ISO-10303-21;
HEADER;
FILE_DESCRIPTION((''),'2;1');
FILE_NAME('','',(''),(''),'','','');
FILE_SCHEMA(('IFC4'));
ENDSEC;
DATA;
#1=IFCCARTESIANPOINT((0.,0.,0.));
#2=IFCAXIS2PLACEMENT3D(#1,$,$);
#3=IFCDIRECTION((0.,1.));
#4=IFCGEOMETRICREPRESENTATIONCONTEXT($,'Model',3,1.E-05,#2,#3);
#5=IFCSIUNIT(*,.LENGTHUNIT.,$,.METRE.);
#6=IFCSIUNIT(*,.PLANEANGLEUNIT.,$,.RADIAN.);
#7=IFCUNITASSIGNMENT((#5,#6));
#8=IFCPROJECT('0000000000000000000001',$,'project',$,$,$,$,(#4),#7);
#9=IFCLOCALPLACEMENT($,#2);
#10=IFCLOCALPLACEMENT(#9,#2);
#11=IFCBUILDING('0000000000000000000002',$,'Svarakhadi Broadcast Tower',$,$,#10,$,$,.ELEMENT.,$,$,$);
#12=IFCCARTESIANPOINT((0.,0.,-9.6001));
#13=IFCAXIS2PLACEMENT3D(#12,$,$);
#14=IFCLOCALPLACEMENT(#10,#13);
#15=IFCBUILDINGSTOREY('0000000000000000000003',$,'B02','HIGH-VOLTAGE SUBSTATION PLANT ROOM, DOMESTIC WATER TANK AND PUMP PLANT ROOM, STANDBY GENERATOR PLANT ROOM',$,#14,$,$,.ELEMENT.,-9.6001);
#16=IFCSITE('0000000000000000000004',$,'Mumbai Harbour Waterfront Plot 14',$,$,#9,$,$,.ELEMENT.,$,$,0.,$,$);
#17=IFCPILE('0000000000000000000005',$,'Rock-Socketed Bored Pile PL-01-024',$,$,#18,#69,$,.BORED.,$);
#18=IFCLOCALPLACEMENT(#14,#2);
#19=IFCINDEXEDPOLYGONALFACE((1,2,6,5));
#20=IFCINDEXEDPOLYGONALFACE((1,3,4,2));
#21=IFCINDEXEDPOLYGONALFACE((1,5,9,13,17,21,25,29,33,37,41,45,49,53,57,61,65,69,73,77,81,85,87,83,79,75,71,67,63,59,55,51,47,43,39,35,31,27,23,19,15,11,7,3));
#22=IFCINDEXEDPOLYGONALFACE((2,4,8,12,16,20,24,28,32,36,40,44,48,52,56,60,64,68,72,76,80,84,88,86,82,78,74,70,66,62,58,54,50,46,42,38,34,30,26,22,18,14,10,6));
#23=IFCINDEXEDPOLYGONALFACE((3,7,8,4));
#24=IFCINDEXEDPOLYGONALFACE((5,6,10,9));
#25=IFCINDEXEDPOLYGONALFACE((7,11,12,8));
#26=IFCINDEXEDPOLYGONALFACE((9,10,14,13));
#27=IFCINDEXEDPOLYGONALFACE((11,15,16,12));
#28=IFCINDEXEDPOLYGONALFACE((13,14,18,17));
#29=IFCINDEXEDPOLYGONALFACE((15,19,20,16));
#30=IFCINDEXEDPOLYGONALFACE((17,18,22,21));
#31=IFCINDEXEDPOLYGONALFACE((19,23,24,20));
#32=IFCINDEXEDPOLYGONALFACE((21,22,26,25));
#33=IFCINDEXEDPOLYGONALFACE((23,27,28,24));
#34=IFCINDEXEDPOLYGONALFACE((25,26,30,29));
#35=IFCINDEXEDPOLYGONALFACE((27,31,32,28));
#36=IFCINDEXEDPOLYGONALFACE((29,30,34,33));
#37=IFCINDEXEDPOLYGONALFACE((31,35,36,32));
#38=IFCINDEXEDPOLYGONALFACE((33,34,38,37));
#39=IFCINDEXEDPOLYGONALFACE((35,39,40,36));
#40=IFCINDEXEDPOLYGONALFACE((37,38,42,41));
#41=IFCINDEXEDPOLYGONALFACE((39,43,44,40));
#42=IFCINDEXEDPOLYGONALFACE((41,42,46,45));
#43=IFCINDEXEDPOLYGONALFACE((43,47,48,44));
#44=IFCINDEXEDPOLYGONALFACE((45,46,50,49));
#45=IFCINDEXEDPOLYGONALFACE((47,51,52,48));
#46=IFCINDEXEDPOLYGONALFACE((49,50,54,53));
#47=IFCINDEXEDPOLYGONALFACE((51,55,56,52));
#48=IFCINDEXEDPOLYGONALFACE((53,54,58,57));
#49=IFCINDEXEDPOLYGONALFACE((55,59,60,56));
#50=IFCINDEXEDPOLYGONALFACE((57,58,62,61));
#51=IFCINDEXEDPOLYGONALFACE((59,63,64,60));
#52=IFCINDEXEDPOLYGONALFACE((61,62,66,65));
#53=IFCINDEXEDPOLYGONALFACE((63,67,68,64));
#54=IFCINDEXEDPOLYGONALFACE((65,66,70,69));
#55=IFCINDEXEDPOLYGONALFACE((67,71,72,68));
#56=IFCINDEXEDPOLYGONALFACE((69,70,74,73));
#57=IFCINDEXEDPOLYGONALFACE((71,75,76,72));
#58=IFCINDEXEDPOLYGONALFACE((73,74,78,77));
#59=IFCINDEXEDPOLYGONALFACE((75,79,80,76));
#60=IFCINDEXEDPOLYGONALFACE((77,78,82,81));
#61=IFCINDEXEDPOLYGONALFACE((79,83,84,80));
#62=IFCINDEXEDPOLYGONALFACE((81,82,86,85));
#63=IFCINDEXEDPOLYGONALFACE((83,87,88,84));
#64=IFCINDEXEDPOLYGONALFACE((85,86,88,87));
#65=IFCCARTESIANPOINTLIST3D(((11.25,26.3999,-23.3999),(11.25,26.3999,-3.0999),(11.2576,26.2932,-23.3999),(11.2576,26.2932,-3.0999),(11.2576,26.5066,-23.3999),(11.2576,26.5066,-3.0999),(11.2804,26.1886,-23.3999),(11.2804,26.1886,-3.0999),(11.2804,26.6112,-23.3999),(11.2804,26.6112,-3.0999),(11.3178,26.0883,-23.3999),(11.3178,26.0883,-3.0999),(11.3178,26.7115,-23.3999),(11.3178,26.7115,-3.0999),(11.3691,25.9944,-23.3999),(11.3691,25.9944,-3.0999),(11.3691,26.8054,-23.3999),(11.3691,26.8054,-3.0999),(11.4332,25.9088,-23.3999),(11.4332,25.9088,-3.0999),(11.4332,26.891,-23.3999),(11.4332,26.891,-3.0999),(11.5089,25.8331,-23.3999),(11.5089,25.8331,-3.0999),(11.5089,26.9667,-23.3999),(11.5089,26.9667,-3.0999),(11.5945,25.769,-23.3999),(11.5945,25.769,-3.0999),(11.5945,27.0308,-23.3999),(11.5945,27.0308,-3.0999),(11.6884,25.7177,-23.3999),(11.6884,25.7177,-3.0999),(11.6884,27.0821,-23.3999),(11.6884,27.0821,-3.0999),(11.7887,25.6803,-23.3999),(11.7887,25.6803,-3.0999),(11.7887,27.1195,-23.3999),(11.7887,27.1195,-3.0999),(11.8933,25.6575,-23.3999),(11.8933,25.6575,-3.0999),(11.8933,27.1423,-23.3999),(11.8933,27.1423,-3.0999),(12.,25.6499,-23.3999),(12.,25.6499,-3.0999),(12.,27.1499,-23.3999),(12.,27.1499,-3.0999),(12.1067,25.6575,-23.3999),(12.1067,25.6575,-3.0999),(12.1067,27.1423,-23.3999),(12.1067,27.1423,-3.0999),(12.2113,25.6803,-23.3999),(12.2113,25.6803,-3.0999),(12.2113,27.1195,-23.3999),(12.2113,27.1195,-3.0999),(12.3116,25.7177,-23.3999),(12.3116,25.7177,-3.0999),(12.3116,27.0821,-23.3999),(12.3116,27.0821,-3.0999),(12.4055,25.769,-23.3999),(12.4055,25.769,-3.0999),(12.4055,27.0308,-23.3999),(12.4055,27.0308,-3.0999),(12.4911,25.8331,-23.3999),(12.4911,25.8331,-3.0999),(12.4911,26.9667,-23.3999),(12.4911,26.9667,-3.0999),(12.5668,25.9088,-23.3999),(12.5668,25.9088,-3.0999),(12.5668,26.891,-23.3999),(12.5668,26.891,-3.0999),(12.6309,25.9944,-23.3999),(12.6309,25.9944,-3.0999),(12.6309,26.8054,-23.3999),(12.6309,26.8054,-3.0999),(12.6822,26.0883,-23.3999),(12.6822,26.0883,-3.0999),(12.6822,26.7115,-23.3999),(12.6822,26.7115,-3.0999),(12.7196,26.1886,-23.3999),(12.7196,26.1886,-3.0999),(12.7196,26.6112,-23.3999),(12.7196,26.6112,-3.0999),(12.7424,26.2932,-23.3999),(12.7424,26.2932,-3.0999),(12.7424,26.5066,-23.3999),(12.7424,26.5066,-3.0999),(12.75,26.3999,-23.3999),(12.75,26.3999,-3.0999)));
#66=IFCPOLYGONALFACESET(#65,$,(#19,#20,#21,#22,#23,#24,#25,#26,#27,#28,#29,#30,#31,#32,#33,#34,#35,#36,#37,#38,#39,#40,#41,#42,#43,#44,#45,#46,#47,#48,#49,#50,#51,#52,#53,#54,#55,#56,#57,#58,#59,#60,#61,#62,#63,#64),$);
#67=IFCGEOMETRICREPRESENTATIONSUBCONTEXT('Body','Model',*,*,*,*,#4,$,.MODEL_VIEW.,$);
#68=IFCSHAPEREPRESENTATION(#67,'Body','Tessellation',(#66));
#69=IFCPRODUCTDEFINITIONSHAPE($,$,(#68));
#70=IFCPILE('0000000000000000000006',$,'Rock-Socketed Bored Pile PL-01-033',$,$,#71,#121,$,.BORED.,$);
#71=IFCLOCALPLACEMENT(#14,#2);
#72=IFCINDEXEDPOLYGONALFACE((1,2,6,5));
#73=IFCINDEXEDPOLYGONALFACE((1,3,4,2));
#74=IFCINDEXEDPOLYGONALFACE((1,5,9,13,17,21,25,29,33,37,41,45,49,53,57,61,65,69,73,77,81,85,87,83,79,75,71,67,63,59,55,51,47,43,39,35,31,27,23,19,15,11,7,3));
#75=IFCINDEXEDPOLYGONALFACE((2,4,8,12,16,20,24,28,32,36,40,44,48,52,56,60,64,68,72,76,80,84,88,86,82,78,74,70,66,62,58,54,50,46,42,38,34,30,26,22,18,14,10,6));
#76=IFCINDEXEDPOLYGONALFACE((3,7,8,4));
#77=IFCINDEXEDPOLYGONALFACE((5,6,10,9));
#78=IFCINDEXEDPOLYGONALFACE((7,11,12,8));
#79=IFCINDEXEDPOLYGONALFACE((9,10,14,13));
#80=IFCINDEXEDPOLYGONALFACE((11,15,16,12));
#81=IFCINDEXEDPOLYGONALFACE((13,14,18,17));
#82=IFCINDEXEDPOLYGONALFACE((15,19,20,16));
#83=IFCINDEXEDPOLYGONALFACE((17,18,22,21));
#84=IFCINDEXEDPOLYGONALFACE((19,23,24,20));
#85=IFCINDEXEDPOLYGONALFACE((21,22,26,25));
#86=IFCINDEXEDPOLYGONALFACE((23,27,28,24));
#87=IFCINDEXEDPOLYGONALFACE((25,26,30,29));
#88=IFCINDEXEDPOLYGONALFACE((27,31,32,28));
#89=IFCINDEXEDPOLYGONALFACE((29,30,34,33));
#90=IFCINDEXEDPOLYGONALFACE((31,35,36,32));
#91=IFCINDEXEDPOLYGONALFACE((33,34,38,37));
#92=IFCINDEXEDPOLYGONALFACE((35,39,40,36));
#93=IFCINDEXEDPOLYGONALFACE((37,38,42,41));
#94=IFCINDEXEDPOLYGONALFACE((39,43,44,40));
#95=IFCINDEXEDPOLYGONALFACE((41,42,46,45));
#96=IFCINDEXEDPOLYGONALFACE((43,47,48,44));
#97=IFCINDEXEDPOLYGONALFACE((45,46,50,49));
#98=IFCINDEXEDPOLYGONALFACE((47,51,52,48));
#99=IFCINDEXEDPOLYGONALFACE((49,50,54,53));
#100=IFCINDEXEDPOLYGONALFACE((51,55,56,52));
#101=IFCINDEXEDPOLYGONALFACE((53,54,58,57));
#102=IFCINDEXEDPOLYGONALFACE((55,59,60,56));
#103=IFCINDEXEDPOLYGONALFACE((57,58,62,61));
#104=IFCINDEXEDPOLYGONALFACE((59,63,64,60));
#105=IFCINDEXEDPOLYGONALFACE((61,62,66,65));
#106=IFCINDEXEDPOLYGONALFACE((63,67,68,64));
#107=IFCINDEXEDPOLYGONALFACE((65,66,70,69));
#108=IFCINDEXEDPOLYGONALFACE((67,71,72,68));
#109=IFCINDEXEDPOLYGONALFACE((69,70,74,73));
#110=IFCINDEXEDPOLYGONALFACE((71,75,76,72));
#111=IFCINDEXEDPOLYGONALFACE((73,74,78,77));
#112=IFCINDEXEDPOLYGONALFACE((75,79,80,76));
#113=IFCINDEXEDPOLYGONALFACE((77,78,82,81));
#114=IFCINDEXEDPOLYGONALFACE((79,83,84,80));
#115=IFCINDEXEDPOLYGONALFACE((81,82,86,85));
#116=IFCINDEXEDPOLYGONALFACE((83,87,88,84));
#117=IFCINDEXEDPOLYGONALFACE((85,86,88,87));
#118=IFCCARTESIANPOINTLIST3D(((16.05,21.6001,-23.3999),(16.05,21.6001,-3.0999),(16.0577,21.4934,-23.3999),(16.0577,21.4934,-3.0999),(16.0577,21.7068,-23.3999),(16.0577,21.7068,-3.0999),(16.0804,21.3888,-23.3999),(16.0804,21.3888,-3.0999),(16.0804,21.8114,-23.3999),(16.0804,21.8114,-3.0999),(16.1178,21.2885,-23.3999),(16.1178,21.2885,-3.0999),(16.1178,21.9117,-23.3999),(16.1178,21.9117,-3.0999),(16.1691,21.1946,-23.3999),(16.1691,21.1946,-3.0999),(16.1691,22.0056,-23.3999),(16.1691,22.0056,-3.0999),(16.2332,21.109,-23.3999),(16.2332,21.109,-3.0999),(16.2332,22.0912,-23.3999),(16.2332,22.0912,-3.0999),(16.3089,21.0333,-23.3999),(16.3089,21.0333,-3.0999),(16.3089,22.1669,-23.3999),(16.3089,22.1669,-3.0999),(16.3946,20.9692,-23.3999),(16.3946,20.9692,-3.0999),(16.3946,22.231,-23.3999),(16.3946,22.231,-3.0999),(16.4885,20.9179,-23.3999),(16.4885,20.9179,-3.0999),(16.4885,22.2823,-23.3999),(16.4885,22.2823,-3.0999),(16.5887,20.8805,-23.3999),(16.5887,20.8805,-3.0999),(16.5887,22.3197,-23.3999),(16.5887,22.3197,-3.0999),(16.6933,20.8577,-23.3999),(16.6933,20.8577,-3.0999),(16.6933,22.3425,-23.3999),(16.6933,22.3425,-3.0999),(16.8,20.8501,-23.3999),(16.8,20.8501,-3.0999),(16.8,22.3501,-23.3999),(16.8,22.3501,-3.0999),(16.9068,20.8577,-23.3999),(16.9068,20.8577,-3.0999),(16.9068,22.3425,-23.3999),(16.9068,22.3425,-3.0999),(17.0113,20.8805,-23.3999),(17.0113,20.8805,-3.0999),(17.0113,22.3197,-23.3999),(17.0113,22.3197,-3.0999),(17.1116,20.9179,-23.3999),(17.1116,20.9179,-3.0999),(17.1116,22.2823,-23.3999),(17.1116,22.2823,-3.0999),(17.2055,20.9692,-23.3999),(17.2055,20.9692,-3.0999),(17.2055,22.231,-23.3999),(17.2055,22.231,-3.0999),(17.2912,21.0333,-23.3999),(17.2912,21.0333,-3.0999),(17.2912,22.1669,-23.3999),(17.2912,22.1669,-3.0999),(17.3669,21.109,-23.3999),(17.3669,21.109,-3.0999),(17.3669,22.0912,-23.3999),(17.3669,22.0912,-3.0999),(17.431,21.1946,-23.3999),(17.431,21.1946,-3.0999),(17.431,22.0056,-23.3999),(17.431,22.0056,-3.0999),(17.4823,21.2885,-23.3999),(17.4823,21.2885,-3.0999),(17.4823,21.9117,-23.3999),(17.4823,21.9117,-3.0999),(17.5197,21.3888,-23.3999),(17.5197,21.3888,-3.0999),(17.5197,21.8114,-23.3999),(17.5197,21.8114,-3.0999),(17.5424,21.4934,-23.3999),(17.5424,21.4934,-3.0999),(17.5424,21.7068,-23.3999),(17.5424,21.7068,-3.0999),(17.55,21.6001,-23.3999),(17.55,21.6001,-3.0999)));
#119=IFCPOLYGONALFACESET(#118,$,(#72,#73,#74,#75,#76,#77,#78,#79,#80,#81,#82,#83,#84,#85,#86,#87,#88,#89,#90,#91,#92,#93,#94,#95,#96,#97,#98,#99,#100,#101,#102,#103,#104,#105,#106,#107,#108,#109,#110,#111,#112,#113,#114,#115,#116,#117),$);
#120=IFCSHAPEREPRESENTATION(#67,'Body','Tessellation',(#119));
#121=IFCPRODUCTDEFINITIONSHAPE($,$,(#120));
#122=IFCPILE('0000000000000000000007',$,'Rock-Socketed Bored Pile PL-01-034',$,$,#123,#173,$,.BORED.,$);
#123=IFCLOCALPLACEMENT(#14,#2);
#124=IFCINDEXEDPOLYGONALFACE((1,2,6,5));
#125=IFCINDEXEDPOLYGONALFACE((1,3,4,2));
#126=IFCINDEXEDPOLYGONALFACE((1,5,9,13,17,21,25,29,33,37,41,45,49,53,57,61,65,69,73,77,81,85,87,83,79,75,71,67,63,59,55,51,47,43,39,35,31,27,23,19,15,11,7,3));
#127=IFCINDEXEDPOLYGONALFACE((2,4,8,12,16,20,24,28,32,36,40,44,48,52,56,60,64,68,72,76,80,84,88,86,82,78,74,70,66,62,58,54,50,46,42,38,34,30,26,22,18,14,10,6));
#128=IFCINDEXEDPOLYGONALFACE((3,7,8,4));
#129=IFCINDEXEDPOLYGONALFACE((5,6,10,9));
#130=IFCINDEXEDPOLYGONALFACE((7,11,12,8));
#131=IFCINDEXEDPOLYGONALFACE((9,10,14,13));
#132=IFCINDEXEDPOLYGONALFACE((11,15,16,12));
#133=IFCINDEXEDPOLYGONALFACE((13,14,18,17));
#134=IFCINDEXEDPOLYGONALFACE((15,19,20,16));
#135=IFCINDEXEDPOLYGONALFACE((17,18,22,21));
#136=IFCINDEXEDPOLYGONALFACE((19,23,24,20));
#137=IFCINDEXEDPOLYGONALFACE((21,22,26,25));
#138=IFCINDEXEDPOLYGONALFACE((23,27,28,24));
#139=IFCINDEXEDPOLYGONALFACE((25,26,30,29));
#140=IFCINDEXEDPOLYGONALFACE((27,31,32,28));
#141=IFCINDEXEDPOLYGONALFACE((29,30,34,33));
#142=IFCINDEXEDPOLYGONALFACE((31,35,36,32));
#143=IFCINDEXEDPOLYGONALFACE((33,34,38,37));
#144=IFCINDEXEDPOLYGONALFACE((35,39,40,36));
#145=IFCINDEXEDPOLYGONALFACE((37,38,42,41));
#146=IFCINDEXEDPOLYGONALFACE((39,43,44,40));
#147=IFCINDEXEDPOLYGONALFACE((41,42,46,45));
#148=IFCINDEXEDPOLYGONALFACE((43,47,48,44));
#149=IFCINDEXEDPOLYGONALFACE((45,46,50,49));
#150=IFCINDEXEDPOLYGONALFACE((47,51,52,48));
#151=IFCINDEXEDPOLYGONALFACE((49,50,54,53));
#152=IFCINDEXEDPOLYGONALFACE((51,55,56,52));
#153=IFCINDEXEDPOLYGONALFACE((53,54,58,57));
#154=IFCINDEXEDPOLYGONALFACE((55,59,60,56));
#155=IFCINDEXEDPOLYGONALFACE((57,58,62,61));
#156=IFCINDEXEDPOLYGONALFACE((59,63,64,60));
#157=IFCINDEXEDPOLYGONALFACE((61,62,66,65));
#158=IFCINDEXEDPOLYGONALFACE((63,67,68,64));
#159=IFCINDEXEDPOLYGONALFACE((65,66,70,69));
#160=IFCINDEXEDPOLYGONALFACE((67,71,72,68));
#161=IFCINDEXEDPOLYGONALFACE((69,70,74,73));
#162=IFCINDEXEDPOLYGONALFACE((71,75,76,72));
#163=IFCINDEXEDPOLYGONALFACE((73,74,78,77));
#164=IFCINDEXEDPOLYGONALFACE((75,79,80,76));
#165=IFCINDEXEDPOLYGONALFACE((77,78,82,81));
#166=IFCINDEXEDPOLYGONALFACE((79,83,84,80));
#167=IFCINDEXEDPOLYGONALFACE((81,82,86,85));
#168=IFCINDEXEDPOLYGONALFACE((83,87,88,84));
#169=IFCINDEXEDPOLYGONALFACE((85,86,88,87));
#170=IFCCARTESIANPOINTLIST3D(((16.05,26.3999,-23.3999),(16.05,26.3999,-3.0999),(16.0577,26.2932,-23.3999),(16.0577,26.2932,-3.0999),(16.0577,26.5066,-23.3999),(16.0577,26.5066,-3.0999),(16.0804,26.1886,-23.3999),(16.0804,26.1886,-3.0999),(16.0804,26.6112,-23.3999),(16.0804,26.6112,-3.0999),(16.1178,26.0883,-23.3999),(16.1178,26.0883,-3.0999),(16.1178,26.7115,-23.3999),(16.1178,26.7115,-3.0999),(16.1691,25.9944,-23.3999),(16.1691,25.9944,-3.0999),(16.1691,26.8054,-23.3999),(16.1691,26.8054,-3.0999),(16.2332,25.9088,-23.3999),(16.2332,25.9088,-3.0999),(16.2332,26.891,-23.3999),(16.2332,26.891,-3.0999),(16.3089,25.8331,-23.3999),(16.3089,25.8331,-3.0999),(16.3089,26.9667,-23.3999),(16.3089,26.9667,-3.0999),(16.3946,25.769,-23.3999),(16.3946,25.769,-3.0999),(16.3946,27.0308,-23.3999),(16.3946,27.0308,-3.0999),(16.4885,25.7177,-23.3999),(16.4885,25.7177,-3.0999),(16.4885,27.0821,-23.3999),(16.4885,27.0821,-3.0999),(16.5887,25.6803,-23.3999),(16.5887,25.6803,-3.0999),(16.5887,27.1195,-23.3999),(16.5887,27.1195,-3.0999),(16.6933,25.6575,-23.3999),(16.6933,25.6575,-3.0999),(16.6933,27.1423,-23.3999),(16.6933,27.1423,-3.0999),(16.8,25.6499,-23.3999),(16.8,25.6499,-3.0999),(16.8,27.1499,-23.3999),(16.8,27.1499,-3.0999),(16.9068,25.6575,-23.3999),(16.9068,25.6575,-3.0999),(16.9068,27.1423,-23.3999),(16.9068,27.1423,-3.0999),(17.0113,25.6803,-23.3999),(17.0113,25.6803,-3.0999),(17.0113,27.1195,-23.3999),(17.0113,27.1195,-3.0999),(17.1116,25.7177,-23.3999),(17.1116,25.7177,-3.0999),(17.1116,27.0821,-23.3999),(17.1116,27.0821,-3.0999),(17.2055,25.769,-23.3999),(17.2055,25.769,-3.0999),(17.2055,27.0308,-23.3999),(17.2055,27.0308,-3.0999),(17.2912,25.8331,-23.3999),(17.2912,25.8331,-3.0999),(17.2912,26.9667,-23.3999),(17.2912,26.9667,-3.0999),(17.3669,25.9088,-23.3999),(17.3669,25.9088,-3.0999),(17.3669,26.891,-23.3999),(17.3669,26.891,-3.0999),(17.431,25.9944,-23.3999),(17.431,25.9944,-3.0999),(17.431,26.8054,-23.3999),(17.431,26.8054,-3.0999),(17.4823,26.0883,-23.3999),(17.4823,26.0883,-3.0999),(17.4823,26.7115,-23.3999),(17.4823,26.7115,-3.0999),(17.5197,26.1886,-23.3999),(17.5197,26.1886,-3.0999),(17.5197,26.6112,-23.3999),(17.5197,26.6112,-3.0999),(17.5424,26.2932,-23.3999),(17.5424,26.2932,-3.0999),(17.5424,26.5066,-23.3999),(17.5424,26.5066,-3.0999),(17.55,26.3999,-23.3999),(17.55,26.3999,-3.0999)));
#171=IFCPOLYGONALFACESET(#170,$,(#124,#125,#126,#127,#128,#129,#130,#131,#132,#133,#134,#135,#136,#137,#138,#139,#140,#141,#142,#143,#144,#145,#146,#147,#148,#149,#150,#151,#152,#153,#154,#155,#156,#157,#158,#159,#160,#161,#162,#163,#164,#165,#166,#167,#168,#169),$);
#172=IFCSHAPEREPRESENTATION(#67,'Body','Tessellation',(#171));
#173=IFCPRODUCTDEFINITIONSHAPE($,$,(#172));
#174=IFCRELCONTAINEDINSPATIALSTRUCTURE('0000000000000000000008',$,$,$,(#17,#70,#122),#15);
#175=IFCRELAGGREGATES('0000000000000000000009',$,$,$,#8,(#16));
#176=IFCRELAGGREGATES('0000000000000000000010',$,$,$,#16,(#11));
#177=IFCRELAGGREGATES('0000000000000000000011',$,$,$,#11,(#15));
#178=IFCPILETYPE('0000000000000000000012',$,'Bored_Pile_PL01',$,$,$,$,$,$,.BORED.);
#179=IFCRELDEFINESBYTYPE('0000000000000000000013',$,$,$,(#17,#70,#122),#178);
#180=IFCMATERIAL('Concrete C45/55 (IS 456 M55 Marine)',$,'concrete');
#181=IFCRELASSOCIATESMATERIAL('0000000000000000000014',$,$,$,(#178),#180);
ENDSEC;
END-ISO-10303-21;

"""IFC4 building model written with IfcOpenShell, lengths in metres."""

from ifc_helpers import new_model, si_unit, direction, frame, origin, origin_2d, place, context, subcontext, project, spatial, circle, extrude, material, material_profile, profile_set, type_object, element, save


model = new_model("IFC4")

# Units and contexts
model_context = context("Model", 3, precision=1e-05, world=origin(), true_north=direction((0.0, 1.0)))
body_context = subcontext(model_context, "Body", "Model", "MODEL_VIEW")
ifc_project = project(units=[si_unit("LENGTHUNIT", "METRE"), si_unit("PLANEANGLEUNIT", "RADIAN")], contexts=[model_context])

# Site, building, storey
site_placement = place(None, origin())
site = spatial("IfcSite", under=ifc_project, at=site_placement, Name="Mumbai Harbour Waterfront Plot 14", CompositionType="ELEMENT", RefElevation=0.0)
building_placement = place(site_placement, origin())
building = spatial("IfcBuilding", under=site, at=building_placement, Name="Svarakhadi Broadcast Tower", CompositionType="ELEMENT")
storey_placement = place(building_placement, frame((0.0, 0.0, -9.6001)))
storey = spatial("IfcBuildingStorey", under=building, at=storey_placement, Name="B02", Description="HIGH-VOLTAGE SUBSTATION PLANT ROOM, DOMESTIC WATER TANK AND PUMP PLANT ROOM, STANDBY GENERATOR PLANT ROOM", CompositionType="ELEMENT", Elevation=-9.6001)

# Piles
ifc_material_1 = material(Name="Concrete C45/55 (IS 456 M55 Marine)", Category="concrete")
ifc_material_profile_1 = material_profile(ifc_material_1, circle(Radius=0.75, at=origin_2d()), Name="PILE D1500")
ifc_profile_set_1 = profile_set([ifc_material_profile_1], Name="Concrete C45/55 (IS 456 M55 Marine)")
pile_type = type_object("IfcPileType", Name="Bored_Pile_PL01", PredefinedType="BORED", material=ifc_profile_set_1)
for number, where, z_axis, x_axis, name in (
    (1, (12.0, 26.3999, -3.0999), (0.0, 0.0, -1.0), (1.0, 0.0, 0.0), "Rock-Socketed Bored Pile PL-01-024"),
    (2, (16.8, 21.6001, -3.0999), (0.0, 0.0, -1.0), (1.0, 0.0, 0.0), "Rock-Socketed Bored Pile PL-01-033"),
    (3, (16.8, 26.3999, -3.0999), (0.0, 0.0, -1.0), (1.0, 0.0, 0.0), "Rock-Socketed Bored Pile PL-01-034"),
):
    element("IfcPile", number, at=place(storey_placement, frame(where, z_axis=z_axis, x_axis=x_axis)), inside=storey, type_object=pile_type, Name=name, PredefinedType="BORED", context=body_context, shape_type="SweptSolid", body=[
        extrude(circle(Radius=0.75, at=origin_2d()), origin(), (0.0, 0.0, 1.0), 20.3),
    ])

save(model, "model.ifc")
